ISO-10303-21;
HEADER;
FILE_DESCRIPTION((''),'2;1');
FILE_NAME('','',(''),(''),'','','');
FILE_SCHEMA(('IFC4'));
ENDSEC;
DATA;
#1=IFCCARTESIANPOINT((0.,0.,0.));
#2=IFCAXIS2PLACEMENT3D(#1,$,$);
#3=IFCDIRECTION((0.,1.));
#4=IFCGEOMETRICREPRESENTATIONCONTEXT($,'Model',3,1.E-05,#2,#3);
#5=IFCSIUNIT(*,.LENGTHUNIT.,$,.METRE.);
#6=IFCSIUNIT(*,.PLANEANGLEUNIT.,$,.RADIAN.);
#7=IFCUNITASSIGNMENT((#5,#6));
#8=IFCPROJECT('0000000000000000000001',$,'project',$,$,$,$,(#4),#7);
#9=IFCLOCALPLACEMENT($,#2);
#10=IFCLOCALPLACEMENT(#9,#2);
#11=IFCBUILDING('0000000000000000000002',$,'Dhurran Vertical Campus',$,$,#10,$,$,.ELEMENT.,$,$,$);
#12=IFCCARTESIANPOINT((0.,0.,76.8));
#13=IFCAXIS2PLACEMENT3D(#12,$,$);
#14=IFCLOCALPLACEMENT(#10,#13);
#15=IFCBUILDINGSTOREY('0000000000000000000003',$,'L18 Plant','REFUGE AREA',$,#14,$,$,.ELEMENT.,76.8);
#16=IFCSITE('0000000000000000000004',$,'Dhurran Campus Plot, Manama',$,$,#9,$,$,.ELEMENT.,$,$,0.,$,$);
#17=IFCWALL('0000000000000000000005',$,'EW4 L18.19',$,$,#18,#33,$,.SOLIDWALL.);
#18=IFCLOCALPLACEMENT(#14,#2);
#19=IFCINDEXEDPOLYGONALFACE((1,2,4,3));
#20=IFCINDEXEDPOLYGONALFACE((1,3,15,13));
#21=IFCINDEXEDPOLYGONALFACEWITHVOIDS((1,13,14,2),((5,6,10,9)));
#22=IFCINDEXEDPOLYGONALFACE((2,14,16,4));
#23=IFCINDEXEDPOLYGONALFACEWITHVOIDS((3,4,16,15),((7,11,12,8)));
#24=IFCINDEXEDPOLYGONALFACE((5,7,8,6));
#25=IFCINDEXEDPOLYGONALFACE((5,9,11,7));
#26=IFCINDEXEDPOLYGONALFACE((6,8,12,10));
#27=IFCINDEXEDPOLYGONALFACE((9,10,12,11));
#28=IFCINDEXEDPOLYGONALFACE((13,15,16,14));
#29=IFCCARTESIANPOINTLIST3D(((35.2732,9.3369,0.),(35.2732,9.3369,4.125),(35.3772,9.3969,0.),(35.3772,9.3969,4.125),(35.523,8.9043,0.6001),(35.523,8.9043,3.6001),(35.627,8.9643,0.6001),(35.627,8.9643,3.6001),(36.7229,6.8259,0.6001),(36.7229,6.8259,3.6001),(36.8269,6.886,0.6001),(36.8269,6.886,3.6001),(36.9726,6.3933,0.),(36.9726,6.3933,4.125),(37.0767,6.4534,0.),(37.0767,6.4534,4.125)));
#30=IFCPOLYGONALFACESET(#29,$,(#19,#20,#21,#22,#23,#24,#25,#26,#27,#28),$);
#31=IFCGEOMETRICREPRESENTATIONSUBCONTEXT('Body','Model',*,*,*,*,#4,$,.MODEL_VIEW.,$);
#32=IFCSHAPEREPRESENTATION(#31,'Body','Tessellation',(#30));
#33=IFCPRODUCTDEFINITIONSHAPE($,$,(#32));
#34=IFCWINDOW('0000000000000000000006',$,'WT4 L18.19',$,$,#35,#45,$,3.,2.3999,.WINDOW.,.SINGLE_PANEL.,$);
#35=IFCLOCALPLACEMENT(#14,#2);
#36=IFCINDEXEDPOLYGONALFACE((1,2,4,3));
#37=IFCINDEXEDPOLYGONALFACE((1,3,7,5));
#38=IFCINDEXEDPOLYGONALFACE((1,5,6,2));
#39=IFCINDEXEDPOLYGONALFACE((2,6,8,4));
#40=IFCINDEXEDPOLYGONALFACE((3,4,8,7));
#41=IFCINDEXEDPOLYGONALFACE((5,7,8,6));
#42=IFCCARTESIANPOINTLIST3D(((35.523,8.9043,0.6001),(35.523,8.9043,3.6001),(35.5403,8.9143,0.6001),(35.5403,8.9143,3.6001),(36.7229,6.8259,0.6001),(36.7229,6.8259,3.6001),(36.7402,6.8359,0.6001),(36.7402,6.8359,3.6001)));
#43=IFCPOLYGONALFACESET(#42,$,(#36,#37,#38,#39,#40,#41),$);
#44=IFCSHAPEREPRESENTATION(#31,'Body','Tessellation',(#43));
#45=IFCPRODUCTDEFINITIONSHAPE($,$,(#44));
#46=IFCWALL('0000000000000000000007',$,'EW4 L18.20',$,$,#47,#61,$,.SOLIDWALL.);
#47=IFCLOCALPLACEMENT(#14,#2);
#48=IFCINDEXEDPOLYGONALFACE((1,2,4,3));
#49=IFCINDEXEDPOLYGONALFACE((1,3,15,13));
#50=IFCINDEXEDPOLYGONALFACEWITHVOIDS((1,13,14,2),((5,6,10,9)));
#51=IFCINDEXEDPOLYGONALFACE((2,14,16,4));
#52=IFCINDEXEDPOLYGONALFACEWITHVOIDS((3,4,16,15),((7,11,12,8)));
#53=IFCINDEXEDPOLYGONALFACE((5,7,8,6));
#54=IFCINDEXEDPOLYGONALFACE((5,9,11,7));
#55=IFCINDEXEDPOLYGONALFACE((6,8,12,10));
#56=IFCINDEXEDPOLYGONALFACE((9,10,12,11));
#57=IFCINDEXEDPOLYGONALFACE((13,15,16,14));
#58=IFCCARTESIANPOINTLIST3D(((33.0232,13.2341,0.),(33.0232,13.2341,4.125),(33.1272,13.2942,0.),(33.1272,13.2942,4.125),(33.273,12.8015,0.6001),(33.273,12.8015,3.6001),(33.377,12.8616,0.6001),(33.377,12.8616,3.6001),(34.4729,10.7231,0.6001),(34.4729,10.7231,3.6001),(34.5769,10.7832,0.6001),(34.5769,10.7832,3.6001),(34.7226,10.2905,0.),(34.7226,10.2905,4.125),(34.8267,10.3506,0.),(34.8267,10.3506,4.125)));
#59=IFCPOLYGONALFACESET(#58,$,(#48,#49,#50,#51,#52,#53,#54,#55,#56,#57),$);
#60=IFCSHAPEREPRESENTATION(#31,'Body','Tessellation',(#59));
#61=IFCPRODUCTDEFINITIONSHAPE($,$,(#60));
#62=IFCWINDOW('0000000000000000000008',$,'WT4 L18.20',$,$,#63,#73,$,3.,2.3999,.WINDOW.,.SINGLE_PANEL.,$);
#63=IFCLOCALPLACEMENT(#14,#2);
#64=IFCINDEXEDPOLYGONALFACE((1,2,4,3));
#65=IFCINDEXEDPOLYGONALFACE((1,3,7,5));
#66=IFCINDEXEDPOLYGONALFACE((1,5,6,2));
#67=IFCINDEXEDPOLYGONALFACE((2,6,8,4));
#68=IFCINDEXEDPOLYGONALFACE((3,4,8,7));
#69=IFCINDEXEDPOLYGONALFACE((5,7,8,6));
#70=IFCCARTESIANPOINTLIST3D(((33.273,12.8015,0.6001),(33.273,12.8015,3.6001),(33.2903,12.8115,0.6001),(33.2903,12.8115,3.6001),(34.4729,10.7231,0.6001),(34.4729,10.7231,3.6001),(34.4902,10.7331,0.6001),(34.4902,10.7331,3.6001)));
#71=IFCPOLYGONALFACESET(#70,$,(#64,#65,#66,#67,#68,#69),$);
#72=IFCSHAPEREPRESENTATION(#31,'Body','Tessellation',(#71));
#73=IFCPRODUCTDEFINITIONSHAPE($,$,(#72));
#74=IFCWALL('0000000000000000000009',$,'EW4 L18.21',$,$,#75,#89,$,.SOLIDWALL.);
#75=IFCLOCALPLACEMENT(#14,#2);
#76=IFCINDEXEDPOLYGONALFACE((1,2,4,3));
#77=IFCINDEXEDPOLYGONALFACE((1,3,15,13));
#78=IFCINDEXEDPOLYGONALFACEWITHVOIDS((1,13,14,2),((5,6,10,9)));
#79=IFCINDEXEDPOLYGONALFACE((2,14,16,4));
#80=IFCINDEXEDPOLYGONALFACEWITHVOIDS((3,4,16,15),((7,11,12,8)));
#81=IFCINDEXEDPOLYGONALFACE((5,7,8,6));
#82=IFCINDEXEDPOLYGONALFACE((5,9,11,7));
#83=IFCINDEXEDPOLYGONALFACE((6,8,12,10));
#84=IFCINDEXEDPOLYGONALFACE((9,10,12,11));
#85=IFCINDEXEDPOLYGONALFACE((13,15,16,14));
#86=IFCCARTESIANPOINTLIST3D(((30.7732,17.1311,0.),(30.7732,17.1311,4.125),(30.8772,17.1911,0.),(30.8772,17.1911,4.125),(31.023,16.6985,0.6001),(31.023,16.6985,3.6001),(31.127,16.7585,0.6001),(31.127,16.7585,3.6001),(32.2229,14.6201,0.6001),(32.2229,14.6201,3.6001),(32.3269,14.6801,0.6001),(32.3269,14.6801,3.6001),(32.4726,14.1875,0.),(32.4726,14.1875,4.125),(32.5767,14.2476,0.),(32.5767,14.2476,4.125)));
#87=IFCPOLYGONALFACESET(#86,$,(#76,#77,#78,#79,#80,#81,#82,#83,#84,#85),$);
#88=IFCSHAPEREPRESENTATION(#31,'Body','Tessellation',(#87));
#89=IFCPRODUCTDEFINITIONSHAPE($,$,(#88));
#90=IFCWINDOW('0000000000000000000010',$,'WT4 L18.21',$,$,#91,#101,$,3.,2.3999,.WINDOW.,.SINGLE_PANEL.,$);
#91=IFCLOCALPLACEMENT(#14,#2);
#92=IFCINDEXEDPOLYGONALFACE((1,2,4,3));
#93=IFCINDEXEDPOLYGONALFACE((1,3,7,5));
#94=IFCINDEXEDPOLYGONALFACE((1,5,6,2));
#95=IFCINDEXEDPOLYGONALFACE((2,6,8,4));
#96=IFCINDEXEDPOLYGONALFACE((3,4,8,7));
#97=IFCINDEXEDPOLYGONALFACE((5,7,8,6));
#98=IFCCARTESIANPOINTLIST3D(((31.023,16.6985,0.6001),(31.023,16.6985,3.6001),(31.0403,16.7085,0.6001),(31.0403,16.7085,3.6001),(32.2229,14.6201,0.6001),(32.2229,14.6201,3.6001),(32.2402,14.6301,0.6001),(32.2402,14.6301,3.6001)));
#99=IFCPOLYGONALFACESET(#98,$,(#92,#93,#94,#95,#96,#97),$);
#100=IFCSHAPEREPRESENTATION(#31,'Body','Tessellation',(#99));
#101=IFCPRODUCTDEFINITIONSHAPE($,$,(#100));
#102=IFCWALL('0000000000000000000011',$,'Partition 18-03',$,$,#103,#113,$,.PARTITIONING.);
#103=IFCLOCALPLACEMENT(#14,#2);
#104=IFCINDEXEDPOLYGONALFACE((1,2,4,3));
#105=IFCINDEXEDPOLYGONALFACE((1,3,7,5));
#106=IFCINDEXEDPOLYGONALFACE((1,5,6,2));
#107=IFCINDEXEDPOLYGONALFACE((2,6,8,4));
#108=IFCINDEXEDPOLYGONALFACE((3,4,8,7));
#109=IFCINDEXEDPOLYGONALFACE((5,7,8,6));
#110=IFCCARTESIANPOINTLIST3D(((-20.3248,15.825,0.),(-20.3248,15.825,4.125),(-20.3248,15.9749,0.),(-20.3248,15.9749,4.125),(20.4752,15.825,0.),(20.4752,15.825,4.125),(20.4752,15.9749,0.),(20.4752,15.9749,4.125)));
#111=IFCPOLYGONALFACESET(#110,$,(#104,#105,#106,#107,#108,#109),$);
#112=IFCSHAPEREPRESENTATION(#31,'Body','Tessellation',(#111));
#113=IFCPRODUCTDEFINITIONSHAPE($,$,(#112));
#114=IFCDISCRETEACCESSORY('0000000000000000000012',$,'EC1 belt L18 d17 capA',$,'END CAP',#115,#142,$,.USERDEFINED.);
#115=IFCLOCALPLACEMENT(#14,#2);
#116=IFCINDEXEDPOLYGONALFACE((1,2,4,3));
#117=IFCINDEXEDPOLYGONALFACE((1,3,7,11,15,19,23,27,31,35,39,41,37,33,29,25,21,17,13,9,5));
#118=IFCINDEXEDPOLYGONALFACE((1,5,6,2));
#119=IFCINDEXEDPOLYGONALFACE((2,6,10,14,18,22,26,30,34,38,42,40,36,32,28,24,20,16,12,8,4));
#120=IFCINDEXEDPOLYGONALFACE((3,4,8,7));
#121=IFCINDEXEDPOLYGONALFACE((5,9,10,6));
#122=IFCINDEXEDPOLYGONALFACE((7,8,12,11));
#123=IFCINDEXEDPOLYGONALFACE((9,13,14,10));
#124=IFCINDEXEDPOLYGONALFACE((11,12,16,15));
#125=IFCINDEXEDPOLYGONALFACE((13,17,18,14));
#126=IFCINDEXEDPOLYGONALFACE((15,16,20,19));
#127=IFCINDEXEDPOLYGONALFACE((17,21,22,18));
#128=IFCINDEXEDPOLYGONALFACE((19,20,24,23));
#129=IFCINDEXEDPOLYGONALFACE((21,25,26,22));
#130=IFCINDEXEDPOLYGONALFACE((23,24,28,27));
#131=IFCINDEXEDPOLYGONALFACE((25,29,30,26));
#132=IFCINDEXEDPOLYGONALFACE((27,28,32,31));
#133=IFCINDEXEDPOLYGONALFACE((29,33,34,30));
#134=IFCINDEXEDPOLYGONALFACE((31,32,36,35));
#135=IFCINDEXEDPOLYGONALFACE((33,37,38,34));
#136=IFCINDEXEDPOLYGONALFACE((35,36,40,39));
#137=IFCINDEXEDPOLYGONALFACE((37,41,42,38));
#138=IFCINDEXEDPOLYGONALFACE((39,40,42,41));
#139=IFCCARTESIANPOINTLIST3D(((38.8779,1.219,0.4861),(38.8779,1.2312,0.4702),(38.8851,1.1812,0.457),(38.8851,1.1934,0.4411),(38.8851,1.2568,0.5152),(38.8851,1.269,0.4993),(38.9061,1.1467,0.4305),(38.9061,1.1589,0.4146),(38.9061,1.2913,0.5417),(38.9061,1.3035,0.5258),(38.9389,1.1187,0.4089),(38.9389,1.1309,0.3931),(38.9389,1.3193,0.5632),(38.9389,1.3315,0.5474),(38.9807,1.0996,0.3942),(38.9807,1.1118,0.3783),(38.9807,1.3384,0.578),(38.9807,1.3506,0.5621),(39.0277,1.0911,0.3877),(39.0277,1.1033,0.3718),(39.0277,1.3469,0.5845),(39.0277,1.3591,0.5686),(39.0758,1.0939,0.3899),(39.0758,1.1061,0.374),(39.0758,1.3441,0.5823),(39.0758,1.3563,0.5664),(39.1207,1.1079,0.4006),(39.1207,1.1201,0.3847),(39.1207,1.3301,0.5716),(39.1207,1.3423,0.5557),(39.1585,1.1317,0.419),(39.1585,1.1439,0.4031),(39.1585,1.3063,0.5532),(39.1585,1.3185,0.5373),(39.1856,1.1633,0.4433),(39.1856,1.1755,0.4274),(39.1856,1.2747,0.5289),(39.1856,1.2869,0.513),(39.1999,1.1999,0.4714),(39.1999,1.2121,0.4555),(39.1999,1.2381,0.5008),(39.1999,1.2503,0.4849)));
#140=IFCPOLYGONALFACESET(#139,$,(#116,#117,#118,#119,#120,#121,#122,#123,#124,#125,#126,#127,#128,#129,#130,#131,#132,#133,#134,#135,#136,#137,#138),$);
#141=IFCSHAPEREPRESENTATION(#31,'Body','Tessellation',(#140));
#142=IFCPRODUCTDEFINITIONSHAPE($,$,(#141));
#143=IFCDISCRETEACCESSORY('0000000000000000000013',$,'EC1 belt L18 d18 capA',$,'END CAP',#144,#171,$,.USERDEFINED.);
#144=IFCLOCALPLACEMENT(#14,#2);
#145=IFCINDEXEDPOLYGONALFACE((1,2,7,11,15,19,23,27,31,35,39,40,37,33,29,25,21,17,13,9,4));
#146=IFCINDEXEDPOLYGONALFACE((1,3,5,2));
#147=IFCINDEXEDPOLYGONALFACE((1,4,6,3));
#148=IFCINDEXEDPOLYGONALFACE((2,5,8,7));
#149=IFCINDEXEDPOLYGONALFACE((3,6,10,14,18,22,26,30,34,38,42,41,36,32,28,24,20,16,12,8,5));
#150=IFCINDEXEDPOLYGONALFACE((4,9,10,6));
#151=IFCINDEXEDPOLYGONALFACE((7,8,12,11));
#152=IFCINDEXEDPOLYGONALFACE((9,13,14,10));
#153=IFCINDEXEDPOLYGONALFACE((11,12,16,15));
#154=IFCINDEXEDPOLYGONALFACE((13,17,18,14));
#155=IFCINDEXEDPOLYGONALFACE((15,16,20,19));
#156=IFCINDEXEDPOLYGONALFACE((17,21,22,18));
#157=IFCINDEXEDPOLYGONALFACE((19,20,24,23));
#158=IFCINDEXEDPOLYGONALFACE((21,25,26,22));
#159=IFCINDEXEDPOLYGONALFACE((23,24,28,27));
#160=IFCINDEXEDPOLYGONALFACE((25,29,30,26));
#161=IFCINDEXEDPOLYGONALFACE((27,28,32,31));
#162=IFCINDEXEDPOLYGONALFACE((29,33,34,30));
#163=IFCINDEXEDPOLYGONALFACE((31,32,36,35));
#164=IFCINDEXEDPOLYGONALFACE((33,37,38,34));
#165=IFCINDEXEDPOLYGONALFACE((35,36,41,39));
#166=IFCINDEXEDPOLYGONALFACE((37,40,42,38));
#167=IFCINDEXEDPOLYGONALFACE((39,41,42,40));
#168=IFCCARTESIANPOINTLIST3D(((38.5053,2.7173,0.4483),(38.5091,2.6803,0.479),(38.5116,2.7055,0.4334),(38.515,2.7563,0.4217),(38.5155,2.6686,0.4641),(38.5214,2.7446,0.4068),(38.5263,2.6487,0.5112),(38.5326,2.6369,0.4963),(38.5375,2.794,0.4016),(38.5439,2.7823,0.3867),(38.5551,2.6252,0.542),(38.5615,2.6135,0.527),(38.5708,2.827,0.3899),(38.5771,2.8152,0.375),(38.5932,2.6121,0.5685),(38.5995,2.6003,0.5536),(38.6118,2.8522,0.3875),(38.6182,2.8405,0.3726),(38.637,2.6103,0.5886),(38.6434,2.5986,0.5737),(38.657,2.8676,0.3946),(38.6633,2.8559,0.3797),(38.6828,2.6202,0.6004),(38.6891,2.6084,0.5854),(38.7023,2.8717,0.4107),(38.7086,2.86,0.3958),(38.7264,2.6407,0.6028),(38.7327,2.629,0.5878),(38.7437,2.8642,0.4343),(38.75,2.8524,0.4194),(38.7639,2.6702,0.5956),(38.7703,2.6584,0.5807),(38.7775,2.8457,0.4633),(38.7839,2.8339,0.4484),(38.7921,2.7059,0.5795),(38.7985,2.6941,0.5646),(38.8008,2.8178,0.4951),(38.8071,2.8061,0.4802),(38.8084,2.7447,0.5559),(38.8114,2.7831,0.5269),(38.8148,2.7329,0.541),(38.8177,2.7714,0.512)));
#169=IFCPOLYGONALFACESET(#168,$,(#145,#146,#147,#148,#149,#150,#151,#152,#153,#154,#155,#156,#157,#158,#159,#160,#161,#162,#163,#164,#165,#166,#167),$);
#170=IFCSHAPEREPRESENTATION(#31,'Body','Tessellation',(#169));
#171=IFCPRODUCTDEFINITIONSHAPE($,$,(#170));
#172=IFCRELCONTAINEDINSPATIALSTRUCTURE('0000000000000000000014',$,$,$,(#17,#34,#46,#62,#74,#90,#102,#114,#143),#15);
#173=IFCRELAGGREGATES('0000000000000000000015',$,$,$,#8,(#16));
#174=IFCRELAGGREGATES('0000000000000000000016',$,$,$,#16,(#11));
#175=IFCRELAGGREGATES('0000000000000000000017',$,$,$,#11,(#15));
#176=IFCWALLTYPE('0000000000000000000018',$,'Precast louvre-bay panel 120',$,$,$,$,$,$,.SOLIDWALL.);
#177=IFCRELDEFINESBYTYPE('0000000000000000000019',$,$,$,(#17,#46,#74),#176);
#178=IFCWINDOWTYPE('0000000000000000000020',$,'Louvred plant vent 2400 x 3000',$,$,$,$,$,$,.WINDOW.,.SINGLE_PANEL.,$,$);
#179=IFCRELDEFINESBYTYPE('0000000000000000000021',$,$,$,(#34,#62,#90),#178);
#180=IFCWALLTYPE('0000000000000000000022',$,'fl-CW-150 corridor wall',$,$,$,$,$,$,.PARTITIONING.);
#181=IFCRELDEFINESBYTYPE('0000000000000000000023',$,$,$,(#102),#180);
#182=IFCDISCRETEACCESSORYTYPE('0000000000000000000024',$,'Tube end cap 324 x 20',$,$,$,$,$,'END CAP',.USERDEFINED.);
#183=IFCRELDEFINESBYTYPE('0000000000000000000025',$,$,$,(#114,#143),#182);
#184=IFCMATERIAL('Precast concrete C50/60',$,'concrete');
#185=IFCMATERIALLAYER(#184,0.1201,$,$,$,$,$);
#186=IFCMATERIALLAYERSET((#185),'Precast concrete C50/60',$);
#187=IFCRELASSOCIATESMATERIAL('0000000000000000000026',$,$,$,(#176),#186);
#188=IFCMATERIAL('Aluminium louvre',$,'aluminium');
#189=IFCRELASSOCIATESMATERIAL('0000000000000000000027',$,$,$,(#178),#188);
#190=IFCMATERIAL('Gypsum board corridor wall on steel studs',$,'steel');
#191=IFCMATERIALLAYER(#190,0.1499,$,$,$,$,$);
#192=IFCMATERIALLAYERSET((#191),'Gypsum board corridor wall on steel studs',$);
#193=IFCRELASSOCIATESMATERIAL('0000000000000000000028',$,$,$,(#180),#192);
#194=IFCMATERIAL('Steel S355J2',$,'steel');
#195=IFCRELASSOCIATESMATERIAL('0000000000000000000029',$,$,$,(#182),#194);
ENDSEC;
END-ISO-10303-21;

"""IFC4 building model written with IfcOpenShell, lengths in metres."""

from ifc_helpers import new_model, si_unit, direction, frame, frame_2d, origin, origin_2d, place, context, subcontext, project, spatial, rectangle, circle, extrude, material, layer, layer_set, material_profile, profile_set, type_object, element, fill, save


model = new_model("IFC4")

# Units and contexts
model_context = context("Model", 3, precision=1e-05, world=origin(), true_north=direction((0.0, 1.0)))
body_context = subcontext(model_context, "Body", "Model", "MODEL_VIEW")
ifc_project = project(units=[si_unit("LENGTHUNIT", "METRE"), si_unit("PLANEANGLEUNIT", "RADIAN")], contexts=[model_context])

# Site, building, storey
site_placement = place(None, origin())
site = spatial("IfcSite", under=ifc_project, at=site_placement, Name="Dhurran Campus Plot, Manama", CompositionType="ELEMENT", RefElevation=0.0)
building_placement = place(site_placement, origin())
building = spatial("IfcBuilding", under=site, at=building_placement, Name="Dhurran Vertical Campus", CompositionType="ELEMENT")
storey_placement = place(building_placement, frame((0.0, 0.0, 76.8)))
storey = spatial("IfcBuildingStorey", under=building, at=storey_placement, Name="L18 Plant", Description="REFUGE AREA", CompositionType="ELEMENT", Elevation=76.8)

# Walls, openings, windows
ifc_material_1 = material(Name="Precast concrete C50/60", Category="concrete")
ifc_layer_1 = layer(ifc_material_1, 0.1201)
ifc_layer_set_1 = layer_set([ifc_layer_1], Name="Precast concrete C50/60")
wall_type_1 = type_object("IfcWallType", Name="Precast louvre-bay panel 120", PredefinedType="SOLIDWALL", material=ifc_layer_set_1)
ifc_material_2 = material(Name="Aluminium louvre", Category="aluminium")
window_type = type_object("IfcWindowType", Name="Louvred plant vent 2400 x 3000", PartitioningType="SINGLE_PANEL", PredefinedType="WINDOW", material=ifc_material_2)
wall_1_placement = place(storey_placement, frame((37.0247, 6.4233, 0.0), z_axis=(0.0, 0.0, 1.0), x_axis=(-0.499994, 0.866029, 0.0)))
wall_1 = element("IfcWall", 1, at=wall_1_placement, inside=storey, type_object=wall_type_1, Name="EW4 L18.19", PredefinedType="SOLIDWALL", context=body_context, shape_type="SweptSolid", body=[
    extrude(rectangle(XDim=3.3989, YDim=0.1201, at=frame_2d((1.6995, 0.0))), origin(), (0.0, 0.0, 1.0), 4.125),
])
opening_1_placement = place(wall_1_placement, frame((0.4995, 0.0, 0.6001)))
opening_1 = element("IfcOpeningElement", 2, at=opening_1_placement, cuts=wall_1, PredefinedType="OPENING", context=body_context, shape_type="SweptSolid", body=[
    extrude(rectangle(XDim=2.3999, YDim=3.0, at=frame_2d((1.2, 1.5))), frame((0.0, 0.0701, 0.0), z_axis=(0.0, -1.0, 0.0), x_axis=(1.0, 0.0, 0.0)), (0.0, 0.0, 1.0), 0.1401),
])
window_1_placement = place(opening_1_placement, origin())
window_1 = element("IfcWindow", 3, at=window_1_placement, inside=storey, type_object=window_type, Name="WT4 L18.19", OverallHeight=3.0, OverallWidth=2.3999, PartitioningType="SINGLE_PANEL", PredefinedType="WINDOW", context=body_context, shape_type="SweptSolid", body=[
    extrude(rectangle(XDim=2.3999, YDim=3.0, at=frame_2d((1.2, 1.5))), frame((0.0, 0.0601, 0.0), z_axis=(0.0, -1.0, 0.0), x_axis=(1.0, 0.0, 0.0)), (0.0, 0.0, 1.0), 0.02),
])
fill(opening_1, window_1)
wall_2_placement = place(storey_placement, frame((34.7747, 10.3206, 0.0), z_axis=(0.0, 0.0, 1.0), x_axis=(-0.499994, 0.866029, 0.0)))
wall_2 = element("IfcWall", 4, at=wall_2_placement, inside=storey, type_object=wall_type_1, Name="EW4 L18.20", PredefinedType="SOLIDWALL", context=body_context, shape_type="SweptSolid", body=[
    extrude(rectangle(XDim=3.3989, YDim=0.1201, at=frame_2d((1.6995, 0.0))), origin(), (0.0, 0.0, 1.0), 4.125),
])
opening_2_placement = place(wall_2_placement, frame((0.4995, 0.0, 0.6001)))
opening_2 = element("IfcOpeningElement", 5, at=opening_2_placement, cuts=wall_2, PredefinedType="OPENING", context=body_context, shape_type="SweptSolid", body=[
    extrude(rectangle(XDim=2.3999, YDim=3.0, at=frame_2d((1.2, 1.5))), frame((0.0, 0.0701, 0.0), z_axis=(0.0, -1.0, 0.0), x_axis=(1.0, 0.0, 0.0)), (0.0, 0.0, 1.0), 0.1401),
])
window_2_placement = place(opening_2_placement, origin())
window_2 = element("IfcWindow", 6, at=window_2_placement, inside=storey, type_object=window_type, Name="WT4 L18.20", OverallHeight=3.0, OverallWidth=2.3999, PartitioningType="SINGLE_PANEL", PredefinedType="WINDOW", context=body_context, shape_type="SweptSolid", body=[
    extrude(rectangle(XDim=2.3999, YDim=3.0, at=frame_2d((1.2, 1.5))), frame((0.0, 0.0601, 0.0), z_axis=(0.0, -1.0, 0.0), x_axis=(1.0, 0.0, 0.0)), (0.0, 0.0, 1.0), 0.02),
])
fill(opening_2, window_2)
wall_3_placement = place(storey_placement, frame((32.5247, 14.2175, 0.0), z_axis=(0.0, 0.0, 1.0), x_axis=(-0.499994, 0.866029, 0.0)))
wall_3 = element("IfcWall", 7, at=wall_3_placement, inside=storey, type_object=wall_type_1, Name="EW4 L18.21", PredefinedType="SOLIDWALL", context=body_context, shape_type="SweptSolid", body=[
    extrude(rectangle(XDim=3.3989, YDim=0.1201, at=frame_2d((1.6995, 0.0))), origin(), (0.0, 0.0, 1.0), 4.125),
])
opening_3_placement = place(wall_3_placement, frame((0.4995, 0.0, 0.6001)))
opening_3 = element("IfcOpeningElement", 8, at=opening_3_placement, cuts=wall_3, PredefinedType="OPENING", context=body_context, shape_type="SweptSolid", body=[
    extrude(rectangle(XDim=2.3999, YDim=3.0, at=frame_2d((1.2, 1.5))), frame((0.0, 0.0701, 0.0), z_axis=(0.0, -1.0, 0.0), x_axis=(1.0, 0.0, 0.0)), (0.0, 0.0, 1.0), 0.1401),
])
window_3_placement = place(opening_3_placement, origin())
window_3 = element("IfcWindow", 9, at=window_3_placement, inside=storey, type_object=window_type, Name="WT4 L18.21", OverallHeight=3.0, OverallWidth=2.3999, PartitioningType="SINGLE_PANEL", PredefinedType="WINDOW", context=body_context, shape_type="SweptSolid", body=[
    extrude(rectangle(XDim=2.3999, YDim=3.0, at=frame_2d((1.2, 1.5))), frame((0.0, 0.0601, 0.0), z_axis=(0.0, -1.0, 0.0), x_axis=(1.0, 0.0, 0.0)), (0.0, 0.0, 1.0), 0.02),
])
fill(opening_3, window_3)

# Wall
ifc_material_3 = material(Name="Gypsum board corridor wall on steel studs", Category="steel")
ifc_layer_2 = layer(ifc_material_3, 0.1499)
ifc_layer_set_2 = layer_set([ifc_layer_2], Name="Gypsum board corridor wall on steel studs")
wall_type_2 = type_object("IfcWallType", Name="fl-CW-150 corridor wall", PredefinedType="PARTITIONING", material=ifc_layer_set_2)
wall_4_placement = place(storey_placement, frame((20.4751, 15.8999, 0.0), z_axis=(0.0, 0.0, 1.0), x_axis=(-1.0, 0.0, 0.0)))
element("IfcWall", 10, at=wall_4_placement, inside=storey, type_object=wall_type_2, Name="Partition 18-03", PredefinedType="PARTITIONING", context=body_context, shape_type="SweptSolid", body=[
    extrude(rectangle(XDim=40.8, YDim=0.1499, at=frame_2d((20.3999, 0.0))), origin(), (0.0, 0.0, 1.0), 4.125),
])

# Discrete accessories
ifc_material_4 = material(Name="Steel S355J2", Category="steel")
ifc_material_profile_1 = material_profile(ifc_material_4, circle(Radius=0.1619, at=origin_2d()), Name="Tube end cap 324 x 20")
ifc_profile_set_1 = profile_set([ifc_material_profile_1], Name="Steel S355J2")
discrete_accessory_type = type_object("IfcDiscreteAccessoryType", Name="Tube end cap 324 x 20", ElementType="END CAP", PredefinedType="USERDEFINED", material=ifc_profile_set_1)
for number, where, z_axis, x_axis, name in (
    (11, (39.0398, 1.219, 0.4861), (0.0, 0.609711, -0.792624), (-1.0, 0.0, 0.0), "EC1 belt L18 d17 capA"),
    (12, (38.6584, 2.7407, 0.4951), (0.317617, -0.58637, -0.745178), (0.879292, 0.476283, 0.0), "EC1 belt L18 d18 capA"),
):
    element("IfcDiscreteAccessory", number, at=place(storey_placement, frame(where, z_axis=z_axis, x_axis=x_axis)), inside=storey, type_object=discrete_accessory_type, Name=name, ObjectType="END CAP", PredefinedType="USERDEFINED", context=body_context, shape_type="SweptSolid", body=[
        extrude(circle(Radius=0.1619, at=origin_2d()), origin(), (0.0, 0.0, 1.0), 0.02),
    ])

save(model, "model.ifc")
